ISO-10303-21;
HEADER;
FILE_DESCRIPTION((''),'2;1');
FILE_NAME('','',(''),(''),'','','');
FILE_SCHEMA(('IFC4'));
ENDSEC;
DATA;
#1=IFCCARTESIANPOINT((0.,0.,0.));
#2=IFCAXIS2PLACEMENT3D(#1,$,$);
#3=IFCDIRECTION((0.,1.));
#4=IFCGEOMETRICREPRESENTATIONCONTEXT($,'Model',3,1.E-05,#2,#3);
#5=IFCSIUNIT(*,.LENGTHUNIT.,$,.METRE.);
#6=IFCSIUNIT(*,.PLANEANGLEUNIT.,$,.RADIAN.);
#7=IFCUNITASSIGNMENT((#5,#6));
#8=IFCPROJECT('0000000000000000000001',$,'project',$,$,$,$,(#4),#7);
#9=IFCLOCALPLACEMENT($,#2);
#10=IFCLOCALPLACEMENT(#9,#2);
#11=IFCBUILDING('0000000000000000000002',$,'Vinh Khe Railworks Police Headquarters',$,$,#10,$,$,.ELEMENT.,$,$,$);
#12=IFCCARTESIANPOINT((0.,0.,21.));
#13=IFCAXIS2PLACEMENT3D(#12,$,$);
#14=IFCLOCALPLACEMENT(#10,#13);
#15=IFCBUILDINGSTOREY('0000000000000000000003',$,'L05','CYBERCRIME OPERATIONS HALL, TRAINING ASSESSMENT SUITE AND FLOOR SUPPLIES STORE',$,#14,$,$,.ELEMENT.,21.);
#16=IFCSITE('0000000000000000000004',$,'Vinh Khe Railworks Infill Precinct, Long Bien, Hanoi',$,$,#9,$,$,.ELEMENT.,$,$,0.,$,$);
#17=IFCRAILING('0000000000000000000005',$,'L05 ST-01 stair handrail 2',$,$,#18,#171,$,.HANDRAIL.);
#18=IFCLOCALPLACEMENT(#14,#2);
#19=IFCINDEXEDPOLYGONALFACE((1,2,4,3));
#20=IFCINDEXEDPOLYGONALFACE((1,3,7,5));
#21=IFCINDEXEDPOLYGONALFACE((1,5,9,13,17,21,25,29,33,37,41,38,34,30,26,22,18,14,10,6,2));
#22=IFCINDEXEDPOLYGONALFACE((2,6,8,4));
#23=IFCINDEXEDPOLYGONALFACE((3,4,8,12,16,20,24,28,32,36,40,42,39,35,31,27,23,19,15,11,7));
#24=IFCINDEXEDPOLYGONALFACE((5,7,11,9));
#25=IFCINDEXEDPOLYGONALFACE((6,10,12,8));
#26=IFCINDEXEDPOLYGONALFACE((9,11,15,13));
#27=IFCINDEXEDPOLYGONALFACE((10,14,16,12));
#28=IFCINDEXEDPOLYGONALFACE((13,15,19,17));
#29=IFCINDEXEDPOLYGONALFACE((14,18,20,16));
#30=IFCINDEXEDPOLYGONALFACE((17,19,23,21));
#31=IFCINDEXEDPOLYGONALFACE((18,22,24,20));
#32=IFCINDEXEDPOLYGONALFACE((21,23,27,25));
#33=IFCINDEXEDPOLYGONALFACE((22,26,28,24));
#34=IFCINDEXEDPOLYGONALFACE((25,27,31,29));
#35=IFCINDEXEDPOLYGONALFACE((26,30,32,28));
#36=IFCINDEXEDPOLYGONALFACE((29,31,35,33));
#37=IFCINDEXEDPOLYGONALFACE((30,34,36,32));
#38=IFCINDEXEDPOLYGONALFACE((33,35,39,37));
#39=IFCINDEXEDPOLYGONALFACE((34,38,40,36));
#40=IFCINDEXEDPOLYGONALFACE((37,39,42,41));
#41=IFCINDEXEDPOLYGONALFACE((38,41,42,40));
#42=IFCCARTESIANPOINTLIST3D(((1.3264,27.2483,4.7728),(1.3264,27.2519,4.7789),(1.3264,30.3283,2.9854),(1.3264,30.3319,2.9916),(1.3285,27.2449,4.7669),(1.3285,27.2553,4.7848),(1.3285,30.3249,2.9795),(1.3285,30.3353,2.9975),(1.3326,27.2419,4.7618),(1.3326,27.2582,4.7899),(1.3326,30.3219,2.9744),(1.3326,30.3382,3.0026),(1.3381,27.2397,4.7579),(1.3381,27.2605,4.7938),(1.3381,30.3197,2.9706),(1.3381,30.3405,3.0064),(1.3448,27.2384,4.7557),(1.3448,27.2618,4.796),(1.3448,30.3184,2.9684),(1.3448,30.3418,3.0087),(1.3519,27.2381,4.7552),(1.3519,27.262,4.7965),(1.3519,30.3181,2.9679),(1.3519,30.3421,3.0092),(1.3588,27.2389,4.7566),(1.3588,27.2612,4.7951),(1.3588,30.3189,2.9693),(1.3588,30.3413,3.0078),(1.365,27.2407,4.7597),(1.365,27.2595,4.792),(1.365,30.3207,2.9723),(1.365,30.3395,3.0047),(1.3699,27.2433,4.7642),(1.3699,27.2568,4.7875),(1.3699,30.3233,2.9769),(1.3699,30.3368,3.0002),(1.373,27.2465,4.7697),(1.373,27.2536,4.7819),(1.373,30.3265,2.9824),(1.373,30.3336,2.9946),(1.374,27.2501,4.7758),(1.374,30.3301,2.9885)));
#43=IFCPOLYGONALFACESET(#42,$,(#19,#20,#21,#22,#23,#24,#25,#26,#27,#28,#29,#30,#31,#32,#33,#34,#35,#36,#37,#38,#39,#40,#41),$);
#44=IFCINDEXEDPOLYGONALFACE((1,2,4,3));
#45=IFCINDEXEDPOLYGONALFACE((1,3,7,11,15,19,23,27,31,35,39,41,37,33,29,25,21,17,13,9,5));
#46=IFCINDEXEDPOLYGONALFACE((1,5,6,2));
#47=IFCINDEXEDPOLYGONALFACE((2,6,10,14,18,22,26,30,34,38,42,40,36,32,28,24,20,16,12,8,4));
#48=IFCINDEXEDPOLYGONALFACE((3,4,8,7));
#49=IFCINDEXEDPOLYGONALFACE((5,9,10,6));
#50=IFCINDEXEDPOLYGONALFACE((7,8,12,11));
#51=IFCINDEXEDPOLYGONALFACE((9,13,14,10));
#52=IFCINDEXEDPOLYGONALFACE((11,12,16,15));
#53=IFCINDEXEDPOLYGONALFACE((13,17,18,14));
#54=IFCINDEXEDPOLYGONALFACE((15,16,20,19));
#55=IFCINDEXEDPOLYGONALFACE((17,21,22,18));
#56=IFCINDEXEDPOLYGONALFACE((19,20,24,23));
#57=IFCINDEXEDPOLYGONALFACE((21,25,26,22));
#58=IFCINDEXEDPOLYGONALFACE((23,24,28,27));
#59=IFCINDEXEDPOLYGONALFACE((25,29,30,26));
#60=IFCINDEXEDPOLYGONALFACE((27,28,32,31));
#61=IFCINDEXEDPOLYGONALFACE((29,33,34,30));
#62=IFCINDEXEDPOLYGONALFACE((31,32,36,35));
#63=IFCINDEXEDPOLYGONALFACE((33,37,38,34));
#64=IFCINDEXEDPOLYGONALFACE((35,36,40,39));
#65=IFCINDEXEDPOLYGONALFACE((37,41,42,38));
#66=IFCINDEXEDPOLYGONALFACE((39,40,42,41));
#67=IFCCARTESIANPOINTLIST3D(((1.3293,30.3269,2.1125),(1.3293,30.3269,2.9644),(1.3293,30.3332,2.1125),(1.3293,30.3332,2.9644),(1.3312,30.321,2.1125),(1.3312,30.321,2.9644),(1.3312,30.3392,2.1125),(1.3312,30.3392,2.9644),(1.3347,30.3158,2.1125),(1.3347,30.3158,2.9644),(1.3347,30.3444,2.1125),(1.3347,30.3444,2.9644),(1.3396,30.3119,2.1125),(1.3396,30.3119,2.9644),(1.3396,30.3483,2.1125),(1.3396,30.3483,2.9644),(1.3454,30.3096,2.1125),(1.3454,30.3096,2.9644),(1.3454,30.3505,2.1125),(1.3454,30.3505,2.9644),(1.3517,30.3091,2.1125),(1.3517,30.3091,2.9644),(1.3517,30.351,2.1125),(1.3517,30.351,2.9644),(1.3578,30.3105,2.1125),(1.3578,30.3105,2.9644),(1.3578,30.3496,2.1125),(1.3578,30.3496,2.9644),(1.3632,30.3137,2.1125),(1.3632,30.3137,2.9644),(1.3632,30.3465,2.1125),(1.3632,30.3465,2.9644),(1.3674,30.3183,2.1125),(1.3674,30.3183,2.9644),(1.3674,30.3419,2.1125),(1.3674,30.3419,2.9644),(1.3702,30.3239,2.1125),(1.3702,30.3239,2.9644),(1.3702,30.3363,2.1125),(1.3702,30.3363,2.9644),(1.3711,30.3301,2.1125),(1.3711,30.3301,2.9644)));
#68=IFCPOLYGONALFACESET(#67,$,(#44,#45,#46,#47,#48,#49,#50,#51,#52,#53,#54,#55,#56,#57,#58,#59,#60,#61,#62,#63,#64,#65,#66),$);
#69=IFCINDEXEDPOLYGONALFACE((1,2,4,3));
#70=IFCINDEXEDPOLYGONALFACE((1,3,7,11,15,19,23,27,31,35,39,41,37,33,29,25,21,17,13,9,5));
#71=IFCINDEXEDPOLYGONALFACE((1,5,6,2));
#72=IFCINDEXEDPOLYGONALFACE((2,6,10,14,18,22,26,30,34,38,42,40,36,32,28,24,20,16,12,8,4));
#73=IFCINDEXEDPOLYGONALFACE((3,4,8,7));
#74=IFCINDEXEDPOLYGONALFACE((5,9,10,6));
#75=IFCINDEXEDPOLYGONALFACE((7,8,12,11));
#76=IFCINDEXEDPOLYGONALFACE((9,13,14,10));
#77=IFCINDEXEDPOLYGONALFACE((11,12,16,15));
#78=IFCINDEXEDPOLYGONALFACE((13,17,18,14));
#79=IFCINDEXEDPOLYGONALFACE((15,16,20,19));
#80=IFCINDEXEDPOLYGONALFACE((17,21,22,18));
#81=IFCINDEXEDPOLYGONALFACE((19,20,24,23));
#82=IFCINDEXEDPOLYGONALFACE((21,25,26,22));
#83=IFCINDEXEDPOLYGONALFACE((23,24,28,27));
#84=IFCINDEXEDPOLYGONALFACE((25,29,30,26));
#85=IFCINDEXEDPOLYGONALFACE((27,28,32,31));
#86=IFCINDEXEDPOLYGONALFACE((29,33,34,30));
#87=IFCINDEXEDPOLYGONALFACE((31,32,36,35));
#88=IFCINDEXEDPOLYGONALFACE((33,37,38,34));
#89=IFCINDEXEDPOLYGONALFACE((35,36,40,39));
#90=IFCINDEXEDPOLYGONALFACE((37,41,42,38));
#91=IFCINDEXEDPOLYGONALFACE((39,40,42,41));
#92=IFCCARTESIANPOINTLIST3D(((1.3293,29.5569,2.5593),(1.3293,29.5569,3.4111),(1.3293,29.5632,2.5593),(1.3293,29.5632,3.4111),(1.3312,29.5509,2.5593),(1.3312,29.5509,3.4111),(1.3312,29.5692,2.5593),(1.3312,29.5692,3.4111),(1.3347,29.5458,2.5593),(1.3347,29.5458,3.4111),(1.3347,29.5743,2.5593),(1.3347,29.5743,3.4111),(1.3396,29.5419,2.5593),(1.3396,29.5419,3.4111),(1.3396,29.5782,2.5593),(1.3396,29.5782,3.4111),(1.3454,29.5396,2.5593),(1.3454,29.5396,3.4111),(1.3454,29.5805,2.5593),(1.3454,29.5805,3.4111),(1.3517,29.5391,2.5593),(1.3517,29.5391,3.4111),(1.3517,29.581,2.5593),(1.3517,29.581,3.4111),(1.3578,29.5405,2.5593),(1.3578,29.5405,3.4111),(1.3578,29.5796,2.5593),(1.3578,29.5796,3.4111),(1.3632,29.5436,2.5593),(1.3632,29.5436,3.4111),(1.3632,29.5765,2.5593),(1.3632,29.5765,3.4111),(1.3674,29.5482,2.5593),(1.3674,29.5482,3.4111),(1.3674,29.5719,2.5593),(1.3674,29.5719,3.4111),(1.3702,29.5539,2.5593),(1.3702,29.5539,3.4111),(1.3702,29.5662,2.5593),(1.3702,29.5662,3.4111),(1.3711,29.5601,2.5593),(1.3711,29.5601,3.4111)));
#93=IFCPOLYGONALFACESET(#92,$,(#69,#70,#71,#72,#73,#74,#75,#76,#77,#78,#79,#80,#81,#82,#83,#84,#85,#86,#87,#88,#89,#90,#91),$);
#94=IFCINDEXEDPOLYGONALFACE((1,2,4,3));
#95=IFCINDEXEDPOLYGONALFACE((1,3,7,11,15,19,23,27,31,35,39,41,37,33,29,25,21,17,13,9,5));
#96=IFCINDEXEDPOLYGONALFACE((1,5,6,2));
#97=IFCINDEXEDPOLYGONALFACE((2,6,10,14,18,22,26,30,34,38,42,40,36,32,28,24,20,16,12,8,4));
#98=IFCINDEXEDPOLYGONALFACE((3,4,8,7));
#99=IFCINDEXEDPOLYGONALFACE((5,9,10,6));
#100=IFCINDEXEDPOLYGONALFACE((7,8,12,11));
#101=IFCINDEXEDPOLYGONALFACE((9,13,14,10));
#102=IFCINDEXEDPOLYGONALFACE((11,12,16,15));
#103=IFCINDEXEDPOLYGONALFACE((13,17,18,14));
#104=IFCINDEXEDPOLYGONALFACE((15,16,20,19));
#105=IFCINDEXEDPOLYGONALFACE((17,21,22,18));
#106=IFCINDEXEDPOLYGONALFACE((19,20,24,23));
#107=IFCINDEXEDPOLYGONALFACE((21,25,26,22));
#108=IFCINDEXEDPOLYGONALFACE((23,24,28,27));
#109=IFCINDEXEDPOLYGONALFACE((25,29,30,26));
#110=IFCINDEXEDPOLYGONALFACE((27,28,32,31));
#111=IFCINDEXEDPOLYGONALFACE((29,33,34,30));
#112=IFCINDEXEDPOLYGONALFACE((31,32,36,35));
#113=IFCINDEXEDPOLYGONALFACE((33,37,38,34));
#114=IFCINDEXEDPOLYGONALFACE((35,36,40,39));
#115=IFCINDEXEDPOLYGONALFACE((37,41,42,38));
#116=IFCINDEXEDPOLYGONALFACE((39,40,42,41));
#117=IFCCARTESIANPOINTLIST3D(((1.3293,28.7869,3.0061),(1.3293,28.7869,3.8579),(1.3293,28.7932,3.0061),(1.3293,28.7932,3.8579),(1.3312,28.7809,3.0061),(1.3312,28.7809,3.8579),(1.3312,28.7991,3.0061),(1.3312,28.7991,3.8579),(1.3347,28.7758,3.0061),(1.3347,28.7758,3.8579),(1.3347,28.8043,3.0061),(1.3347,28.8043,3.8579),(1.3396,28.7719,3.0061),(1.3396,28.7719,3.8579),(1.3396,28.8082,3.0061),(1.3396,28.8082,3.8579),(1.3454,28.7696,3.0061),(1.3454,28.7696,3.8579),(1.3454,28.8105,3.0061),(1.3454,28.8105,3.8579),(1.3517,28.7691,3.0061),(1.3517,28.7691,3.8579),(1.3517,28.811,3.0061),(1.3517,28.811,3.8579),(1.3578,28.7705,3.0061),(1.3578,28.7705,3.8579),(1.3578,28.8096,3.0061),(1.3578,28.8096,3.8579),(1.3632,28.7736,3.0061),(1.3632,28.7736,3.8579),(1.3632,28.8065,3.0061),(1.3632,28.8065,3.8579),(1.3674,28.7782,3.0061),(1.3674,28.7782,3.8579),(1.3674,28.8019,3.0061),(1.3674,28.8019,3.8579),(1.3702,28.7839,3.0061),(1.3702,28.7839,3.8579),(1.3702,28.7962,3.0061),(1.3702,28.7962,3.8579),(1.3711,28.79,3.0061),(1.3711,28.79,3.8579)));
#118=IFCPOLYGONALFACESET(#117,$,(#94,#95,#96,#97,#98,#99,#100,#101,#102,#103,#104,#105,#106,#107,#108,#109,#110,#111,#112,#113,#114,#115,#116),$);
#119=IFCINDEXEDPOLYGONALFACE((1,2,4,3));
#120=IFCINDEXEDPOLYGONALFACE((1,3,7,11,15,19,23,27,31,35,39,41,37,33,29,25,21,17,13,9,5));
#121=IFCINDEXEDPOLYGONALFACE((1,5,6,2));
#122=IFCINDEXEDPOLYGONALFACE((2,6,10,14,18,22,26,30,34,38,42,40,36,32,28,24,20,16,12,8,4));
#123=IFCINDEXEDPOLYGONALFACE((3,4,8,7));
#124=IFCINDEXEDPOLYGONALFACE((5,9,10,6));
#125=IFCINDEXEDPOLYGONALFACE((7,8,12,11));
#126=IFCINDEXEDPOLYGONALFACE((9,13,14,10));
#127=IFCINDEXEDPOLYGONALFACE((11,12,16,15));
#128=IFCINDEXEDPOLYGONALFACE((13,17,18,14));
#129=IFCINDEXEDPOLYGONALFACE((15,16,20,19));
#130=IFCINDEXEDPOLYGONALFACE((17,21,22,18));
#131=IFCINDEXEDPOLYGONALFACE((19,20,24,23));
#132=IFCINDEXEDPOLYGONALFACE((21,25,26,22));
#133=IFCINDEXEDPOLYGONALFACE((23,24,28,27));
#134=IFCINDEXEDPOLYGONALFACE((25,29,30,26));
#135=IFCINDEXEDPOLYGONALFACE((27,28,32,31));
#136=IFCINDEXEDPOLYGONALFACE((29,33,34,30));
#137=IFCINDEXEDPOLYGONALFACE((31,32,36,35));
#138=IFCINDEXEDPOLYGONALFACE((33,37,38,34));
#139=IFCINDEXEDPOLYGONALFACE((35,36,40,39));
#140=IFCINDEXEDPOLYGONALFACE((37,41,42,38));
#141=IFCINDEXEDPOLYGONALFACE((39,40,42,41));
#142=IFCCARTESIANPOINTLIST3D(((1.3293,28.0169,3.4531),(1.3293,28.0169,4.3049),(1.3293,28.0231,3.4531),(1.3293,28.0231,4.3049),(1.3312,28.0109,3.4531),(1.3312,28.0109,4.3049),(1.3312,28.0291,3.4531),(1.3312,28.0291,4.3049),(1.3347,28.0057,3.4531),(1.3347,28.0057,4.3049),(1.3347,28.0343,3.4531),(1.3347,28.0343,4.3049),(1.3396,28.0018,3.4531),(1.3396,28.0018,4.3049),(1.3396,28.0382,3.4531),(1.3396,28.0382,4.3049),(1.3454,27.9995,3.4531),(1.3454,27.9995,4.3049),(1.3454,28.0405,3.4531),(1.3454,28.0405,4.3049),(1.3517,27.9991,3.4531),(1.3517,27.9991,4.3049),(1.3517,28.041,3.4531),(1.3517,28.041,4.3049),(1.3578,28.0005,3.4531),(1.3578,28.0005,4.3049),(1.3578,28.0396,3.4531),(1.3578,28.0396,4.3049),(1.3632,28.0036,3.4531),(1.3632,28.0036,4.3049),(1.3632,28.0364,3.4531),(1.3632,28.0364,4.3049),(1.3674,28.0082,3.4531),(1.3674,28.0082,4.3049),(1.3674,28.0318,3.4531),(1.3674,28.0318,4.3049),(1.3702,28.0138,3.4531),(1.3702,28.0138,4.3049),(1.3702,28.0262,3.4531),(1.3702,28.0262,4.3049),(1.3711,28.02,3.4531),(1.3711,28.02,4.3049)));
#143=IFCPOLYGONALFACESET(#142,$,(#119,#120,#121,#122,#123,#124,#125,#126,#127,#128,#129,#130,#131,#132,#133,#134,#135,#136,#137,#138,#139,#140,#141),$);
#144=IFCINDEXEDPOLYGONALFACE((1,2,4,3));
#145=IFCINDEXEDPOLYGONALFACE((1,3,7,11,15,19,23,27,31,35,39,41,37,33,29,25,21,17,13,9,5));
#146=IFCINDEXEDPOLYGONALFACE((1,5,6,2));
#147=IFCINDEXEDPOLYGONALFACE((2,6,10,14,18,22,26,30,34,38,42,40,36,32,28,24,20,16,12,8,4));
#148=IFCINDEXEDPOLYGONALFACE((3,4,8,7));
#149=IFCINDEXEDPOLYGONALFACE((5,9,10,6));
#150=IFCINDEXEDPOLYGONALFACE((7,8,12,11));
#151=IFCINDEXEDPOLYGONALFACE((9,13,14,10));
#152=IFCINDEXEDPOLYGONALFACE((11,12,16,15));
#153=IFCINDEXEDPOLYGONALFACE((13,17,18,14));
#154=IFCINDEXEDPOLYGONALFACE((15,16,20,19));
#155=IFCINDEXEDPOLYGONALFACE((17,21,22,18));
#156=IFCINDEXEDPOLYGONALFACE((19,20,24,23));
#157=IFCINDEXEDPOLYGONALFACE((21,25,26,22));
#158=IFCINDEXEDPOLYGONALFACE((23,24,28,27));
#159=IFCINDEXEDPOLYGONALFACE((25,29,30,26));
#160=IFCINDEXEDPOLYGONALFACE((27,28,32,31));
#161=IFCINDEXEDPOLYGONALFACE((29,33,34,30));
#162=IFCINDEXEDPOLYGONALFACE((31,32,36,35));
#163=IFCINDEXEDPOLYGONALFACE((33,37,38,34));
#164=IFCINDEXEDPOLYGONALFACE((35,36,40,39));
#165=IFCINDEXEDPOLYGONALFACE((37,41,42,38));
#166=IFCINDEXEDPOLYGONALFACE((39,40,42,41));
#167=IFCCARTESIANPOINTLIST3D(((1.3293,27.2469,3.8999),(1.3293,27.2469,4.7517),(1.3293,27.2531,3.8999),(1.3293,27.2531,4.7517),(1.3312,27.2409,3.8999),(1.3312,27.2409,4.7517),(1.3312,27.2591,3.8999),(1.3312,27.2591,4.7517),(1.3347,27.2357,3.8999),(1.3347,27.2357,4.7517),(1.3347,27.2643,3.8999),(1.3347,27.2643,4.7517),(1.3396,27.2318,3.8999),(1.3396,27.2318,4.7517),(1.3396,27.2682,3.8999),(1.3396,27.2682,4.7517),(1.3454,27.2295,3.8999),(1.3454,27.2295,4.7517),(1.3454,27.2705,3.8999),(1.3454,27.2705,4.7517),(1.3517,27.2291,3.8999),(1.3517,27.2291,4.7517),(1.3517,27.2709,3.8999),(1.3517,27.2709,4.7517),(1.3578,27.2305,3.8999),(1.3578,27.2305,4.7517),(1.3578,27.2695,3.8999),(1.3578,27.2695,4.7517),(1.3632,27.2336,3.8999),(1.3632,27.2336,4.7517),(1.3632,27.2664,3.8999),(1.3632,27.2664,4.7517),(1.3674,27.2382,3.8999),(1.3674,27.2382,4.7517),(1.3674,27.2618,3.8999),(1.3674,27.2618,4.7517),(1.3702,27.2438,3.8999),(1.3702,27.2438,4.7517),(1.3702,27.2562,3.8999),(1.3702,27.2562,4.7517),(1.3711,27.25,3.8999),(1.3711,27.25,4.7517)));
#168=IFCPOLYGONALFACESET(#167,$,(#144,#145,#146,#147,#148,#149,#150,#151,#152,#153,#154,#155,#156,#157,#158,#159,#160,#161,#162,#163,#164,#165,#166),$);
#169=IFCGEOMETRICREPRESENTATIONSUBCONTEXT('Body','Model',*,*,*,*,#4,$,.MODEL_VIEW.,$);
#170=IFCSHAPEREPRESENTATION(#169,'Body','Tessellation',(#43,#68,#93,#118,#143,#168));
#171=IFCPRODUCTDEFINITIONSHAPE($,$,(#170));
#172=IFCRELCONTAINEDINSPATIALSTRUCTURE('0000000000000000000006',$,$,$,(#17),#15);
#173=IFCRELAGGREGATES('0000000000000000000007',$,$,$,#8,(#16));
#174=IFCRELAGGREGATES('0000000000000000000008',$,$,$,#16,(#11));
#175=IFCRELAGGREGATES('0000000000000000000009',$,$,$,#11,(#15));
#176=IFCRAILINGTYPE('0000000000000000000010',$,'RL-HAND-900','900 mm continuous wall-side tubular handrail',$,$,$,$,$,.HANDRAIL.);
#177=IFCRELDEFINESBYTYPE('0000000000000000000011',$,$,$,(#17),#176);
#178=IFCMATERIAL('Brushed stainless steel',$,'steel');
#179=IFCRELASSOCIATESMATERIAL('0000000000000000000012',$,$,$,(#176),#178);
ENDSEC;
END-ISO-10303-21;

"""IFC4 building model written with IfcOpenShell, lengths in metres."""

from ifc_helpers import new_model, si_unit, direction, frame, origin, origin_2d, place, context, subcontext, project, spatial, circle, extrude, material, type_object, element, save


model = new_model("IFC4")

# Units and contexts
model_context = context("Model", 3, precision=1e-05, world=origin(), true_north=direction((0.0, 1.0)))
body_context = subcontext(model_context, "Body", "Model", "MODEL_VIEW")
ifc_project = project(units=[si_unit("LENGTHUNIT", "METRE"), si_unit("PLANEANGLEUNIT", "RADIAN")], contexts=[model_context])

# Site, building, storey
site_placement = place(None, origin())
site = spatial("IfcSite", under=ifc_project, at=site_placement, Name="Vinh Khe Railworks Infill Precinct, Long Bien, Hanoi", CompositionType="ELEMENT", RefElevation=0.0)
building_placement = place(site_placement, origin())
building = spatial("IfcBuilding", under=site, at=building_placement, Name="Vinh Khe Railworks Police Headquarters", CompositionType="ELEMENT")
storey_placement = place(building_placement, frame((0.0, 0.0, 21.0)))
storey = spatial("IfcBuildingStorey", under=building, at=storey_placement, Name="L05", Description="CYBERCRIME OPERATIONS HALL, TRAINING ASSESSMENT SUITE AND FLOOR SUPPLIES STORE", CompositionType="ELEMENT", Elevation=21.0)

# Railing
ifc_material_1 = material(Name="Brushed stainless steel", Category="steel")
railing_type_1 = type_object("IfcRailingType", Name="RL-HAND-900", Description="900 mm continuous wall-side tubular handrail", PredefinedType="HANDRAIL", material=ifc_material_1)
railing_1_placement = place(storey_placement, frame((1.3501, 30.3301, 2.1125)))
element("IfcRailing", 1, at=railing_1_placement, inside=storey, type_object=railing_type_1, Name="L05 ST-01 stair handrail 2", PredefinedType="HANDRAIL", context=body_context, shape_type="SweptSolid", body=[
    extrude(circle(Radius=0.0239, at=origin_2d()), frame((0.0, 0.0, 0.876), z_axis=(0.0, -0.86492, 0.501909), x_axis=(1.0, 0.0, 0.0)), (0.0, 0.0, 1.0), 3.561),
    extrude(circle(Radius=0.021, at=origin_2d()), origin(), (0.0, 0.0, 1.0), 0.8518),
    extrude(circle(Radius=0.021, at=origin_2d()), frame((0.0, -0.77, 0.4468)), (0.0, 0.0, 1.0), 0.8518),
    extrude(circle(Radius=0.021, at=origin_2d()), frame((0.0, -1.54, 0.8936)), (0.0, 0.0, 1.0), 0.8518),
    extrude(circle(Radius=0.021, at=origin_2d()), frame((0.0, -2.3101, 1.3406)), (0.0, 0.0, 1.0), 0.8518),
    extrude(circle(Radius=0.021, at=origin_2d()), frame((0.0, -3.0801, 1.7874)), (0.0, 0.0, 1.0), 0.8518),
])

save(model, "model.ifc")
